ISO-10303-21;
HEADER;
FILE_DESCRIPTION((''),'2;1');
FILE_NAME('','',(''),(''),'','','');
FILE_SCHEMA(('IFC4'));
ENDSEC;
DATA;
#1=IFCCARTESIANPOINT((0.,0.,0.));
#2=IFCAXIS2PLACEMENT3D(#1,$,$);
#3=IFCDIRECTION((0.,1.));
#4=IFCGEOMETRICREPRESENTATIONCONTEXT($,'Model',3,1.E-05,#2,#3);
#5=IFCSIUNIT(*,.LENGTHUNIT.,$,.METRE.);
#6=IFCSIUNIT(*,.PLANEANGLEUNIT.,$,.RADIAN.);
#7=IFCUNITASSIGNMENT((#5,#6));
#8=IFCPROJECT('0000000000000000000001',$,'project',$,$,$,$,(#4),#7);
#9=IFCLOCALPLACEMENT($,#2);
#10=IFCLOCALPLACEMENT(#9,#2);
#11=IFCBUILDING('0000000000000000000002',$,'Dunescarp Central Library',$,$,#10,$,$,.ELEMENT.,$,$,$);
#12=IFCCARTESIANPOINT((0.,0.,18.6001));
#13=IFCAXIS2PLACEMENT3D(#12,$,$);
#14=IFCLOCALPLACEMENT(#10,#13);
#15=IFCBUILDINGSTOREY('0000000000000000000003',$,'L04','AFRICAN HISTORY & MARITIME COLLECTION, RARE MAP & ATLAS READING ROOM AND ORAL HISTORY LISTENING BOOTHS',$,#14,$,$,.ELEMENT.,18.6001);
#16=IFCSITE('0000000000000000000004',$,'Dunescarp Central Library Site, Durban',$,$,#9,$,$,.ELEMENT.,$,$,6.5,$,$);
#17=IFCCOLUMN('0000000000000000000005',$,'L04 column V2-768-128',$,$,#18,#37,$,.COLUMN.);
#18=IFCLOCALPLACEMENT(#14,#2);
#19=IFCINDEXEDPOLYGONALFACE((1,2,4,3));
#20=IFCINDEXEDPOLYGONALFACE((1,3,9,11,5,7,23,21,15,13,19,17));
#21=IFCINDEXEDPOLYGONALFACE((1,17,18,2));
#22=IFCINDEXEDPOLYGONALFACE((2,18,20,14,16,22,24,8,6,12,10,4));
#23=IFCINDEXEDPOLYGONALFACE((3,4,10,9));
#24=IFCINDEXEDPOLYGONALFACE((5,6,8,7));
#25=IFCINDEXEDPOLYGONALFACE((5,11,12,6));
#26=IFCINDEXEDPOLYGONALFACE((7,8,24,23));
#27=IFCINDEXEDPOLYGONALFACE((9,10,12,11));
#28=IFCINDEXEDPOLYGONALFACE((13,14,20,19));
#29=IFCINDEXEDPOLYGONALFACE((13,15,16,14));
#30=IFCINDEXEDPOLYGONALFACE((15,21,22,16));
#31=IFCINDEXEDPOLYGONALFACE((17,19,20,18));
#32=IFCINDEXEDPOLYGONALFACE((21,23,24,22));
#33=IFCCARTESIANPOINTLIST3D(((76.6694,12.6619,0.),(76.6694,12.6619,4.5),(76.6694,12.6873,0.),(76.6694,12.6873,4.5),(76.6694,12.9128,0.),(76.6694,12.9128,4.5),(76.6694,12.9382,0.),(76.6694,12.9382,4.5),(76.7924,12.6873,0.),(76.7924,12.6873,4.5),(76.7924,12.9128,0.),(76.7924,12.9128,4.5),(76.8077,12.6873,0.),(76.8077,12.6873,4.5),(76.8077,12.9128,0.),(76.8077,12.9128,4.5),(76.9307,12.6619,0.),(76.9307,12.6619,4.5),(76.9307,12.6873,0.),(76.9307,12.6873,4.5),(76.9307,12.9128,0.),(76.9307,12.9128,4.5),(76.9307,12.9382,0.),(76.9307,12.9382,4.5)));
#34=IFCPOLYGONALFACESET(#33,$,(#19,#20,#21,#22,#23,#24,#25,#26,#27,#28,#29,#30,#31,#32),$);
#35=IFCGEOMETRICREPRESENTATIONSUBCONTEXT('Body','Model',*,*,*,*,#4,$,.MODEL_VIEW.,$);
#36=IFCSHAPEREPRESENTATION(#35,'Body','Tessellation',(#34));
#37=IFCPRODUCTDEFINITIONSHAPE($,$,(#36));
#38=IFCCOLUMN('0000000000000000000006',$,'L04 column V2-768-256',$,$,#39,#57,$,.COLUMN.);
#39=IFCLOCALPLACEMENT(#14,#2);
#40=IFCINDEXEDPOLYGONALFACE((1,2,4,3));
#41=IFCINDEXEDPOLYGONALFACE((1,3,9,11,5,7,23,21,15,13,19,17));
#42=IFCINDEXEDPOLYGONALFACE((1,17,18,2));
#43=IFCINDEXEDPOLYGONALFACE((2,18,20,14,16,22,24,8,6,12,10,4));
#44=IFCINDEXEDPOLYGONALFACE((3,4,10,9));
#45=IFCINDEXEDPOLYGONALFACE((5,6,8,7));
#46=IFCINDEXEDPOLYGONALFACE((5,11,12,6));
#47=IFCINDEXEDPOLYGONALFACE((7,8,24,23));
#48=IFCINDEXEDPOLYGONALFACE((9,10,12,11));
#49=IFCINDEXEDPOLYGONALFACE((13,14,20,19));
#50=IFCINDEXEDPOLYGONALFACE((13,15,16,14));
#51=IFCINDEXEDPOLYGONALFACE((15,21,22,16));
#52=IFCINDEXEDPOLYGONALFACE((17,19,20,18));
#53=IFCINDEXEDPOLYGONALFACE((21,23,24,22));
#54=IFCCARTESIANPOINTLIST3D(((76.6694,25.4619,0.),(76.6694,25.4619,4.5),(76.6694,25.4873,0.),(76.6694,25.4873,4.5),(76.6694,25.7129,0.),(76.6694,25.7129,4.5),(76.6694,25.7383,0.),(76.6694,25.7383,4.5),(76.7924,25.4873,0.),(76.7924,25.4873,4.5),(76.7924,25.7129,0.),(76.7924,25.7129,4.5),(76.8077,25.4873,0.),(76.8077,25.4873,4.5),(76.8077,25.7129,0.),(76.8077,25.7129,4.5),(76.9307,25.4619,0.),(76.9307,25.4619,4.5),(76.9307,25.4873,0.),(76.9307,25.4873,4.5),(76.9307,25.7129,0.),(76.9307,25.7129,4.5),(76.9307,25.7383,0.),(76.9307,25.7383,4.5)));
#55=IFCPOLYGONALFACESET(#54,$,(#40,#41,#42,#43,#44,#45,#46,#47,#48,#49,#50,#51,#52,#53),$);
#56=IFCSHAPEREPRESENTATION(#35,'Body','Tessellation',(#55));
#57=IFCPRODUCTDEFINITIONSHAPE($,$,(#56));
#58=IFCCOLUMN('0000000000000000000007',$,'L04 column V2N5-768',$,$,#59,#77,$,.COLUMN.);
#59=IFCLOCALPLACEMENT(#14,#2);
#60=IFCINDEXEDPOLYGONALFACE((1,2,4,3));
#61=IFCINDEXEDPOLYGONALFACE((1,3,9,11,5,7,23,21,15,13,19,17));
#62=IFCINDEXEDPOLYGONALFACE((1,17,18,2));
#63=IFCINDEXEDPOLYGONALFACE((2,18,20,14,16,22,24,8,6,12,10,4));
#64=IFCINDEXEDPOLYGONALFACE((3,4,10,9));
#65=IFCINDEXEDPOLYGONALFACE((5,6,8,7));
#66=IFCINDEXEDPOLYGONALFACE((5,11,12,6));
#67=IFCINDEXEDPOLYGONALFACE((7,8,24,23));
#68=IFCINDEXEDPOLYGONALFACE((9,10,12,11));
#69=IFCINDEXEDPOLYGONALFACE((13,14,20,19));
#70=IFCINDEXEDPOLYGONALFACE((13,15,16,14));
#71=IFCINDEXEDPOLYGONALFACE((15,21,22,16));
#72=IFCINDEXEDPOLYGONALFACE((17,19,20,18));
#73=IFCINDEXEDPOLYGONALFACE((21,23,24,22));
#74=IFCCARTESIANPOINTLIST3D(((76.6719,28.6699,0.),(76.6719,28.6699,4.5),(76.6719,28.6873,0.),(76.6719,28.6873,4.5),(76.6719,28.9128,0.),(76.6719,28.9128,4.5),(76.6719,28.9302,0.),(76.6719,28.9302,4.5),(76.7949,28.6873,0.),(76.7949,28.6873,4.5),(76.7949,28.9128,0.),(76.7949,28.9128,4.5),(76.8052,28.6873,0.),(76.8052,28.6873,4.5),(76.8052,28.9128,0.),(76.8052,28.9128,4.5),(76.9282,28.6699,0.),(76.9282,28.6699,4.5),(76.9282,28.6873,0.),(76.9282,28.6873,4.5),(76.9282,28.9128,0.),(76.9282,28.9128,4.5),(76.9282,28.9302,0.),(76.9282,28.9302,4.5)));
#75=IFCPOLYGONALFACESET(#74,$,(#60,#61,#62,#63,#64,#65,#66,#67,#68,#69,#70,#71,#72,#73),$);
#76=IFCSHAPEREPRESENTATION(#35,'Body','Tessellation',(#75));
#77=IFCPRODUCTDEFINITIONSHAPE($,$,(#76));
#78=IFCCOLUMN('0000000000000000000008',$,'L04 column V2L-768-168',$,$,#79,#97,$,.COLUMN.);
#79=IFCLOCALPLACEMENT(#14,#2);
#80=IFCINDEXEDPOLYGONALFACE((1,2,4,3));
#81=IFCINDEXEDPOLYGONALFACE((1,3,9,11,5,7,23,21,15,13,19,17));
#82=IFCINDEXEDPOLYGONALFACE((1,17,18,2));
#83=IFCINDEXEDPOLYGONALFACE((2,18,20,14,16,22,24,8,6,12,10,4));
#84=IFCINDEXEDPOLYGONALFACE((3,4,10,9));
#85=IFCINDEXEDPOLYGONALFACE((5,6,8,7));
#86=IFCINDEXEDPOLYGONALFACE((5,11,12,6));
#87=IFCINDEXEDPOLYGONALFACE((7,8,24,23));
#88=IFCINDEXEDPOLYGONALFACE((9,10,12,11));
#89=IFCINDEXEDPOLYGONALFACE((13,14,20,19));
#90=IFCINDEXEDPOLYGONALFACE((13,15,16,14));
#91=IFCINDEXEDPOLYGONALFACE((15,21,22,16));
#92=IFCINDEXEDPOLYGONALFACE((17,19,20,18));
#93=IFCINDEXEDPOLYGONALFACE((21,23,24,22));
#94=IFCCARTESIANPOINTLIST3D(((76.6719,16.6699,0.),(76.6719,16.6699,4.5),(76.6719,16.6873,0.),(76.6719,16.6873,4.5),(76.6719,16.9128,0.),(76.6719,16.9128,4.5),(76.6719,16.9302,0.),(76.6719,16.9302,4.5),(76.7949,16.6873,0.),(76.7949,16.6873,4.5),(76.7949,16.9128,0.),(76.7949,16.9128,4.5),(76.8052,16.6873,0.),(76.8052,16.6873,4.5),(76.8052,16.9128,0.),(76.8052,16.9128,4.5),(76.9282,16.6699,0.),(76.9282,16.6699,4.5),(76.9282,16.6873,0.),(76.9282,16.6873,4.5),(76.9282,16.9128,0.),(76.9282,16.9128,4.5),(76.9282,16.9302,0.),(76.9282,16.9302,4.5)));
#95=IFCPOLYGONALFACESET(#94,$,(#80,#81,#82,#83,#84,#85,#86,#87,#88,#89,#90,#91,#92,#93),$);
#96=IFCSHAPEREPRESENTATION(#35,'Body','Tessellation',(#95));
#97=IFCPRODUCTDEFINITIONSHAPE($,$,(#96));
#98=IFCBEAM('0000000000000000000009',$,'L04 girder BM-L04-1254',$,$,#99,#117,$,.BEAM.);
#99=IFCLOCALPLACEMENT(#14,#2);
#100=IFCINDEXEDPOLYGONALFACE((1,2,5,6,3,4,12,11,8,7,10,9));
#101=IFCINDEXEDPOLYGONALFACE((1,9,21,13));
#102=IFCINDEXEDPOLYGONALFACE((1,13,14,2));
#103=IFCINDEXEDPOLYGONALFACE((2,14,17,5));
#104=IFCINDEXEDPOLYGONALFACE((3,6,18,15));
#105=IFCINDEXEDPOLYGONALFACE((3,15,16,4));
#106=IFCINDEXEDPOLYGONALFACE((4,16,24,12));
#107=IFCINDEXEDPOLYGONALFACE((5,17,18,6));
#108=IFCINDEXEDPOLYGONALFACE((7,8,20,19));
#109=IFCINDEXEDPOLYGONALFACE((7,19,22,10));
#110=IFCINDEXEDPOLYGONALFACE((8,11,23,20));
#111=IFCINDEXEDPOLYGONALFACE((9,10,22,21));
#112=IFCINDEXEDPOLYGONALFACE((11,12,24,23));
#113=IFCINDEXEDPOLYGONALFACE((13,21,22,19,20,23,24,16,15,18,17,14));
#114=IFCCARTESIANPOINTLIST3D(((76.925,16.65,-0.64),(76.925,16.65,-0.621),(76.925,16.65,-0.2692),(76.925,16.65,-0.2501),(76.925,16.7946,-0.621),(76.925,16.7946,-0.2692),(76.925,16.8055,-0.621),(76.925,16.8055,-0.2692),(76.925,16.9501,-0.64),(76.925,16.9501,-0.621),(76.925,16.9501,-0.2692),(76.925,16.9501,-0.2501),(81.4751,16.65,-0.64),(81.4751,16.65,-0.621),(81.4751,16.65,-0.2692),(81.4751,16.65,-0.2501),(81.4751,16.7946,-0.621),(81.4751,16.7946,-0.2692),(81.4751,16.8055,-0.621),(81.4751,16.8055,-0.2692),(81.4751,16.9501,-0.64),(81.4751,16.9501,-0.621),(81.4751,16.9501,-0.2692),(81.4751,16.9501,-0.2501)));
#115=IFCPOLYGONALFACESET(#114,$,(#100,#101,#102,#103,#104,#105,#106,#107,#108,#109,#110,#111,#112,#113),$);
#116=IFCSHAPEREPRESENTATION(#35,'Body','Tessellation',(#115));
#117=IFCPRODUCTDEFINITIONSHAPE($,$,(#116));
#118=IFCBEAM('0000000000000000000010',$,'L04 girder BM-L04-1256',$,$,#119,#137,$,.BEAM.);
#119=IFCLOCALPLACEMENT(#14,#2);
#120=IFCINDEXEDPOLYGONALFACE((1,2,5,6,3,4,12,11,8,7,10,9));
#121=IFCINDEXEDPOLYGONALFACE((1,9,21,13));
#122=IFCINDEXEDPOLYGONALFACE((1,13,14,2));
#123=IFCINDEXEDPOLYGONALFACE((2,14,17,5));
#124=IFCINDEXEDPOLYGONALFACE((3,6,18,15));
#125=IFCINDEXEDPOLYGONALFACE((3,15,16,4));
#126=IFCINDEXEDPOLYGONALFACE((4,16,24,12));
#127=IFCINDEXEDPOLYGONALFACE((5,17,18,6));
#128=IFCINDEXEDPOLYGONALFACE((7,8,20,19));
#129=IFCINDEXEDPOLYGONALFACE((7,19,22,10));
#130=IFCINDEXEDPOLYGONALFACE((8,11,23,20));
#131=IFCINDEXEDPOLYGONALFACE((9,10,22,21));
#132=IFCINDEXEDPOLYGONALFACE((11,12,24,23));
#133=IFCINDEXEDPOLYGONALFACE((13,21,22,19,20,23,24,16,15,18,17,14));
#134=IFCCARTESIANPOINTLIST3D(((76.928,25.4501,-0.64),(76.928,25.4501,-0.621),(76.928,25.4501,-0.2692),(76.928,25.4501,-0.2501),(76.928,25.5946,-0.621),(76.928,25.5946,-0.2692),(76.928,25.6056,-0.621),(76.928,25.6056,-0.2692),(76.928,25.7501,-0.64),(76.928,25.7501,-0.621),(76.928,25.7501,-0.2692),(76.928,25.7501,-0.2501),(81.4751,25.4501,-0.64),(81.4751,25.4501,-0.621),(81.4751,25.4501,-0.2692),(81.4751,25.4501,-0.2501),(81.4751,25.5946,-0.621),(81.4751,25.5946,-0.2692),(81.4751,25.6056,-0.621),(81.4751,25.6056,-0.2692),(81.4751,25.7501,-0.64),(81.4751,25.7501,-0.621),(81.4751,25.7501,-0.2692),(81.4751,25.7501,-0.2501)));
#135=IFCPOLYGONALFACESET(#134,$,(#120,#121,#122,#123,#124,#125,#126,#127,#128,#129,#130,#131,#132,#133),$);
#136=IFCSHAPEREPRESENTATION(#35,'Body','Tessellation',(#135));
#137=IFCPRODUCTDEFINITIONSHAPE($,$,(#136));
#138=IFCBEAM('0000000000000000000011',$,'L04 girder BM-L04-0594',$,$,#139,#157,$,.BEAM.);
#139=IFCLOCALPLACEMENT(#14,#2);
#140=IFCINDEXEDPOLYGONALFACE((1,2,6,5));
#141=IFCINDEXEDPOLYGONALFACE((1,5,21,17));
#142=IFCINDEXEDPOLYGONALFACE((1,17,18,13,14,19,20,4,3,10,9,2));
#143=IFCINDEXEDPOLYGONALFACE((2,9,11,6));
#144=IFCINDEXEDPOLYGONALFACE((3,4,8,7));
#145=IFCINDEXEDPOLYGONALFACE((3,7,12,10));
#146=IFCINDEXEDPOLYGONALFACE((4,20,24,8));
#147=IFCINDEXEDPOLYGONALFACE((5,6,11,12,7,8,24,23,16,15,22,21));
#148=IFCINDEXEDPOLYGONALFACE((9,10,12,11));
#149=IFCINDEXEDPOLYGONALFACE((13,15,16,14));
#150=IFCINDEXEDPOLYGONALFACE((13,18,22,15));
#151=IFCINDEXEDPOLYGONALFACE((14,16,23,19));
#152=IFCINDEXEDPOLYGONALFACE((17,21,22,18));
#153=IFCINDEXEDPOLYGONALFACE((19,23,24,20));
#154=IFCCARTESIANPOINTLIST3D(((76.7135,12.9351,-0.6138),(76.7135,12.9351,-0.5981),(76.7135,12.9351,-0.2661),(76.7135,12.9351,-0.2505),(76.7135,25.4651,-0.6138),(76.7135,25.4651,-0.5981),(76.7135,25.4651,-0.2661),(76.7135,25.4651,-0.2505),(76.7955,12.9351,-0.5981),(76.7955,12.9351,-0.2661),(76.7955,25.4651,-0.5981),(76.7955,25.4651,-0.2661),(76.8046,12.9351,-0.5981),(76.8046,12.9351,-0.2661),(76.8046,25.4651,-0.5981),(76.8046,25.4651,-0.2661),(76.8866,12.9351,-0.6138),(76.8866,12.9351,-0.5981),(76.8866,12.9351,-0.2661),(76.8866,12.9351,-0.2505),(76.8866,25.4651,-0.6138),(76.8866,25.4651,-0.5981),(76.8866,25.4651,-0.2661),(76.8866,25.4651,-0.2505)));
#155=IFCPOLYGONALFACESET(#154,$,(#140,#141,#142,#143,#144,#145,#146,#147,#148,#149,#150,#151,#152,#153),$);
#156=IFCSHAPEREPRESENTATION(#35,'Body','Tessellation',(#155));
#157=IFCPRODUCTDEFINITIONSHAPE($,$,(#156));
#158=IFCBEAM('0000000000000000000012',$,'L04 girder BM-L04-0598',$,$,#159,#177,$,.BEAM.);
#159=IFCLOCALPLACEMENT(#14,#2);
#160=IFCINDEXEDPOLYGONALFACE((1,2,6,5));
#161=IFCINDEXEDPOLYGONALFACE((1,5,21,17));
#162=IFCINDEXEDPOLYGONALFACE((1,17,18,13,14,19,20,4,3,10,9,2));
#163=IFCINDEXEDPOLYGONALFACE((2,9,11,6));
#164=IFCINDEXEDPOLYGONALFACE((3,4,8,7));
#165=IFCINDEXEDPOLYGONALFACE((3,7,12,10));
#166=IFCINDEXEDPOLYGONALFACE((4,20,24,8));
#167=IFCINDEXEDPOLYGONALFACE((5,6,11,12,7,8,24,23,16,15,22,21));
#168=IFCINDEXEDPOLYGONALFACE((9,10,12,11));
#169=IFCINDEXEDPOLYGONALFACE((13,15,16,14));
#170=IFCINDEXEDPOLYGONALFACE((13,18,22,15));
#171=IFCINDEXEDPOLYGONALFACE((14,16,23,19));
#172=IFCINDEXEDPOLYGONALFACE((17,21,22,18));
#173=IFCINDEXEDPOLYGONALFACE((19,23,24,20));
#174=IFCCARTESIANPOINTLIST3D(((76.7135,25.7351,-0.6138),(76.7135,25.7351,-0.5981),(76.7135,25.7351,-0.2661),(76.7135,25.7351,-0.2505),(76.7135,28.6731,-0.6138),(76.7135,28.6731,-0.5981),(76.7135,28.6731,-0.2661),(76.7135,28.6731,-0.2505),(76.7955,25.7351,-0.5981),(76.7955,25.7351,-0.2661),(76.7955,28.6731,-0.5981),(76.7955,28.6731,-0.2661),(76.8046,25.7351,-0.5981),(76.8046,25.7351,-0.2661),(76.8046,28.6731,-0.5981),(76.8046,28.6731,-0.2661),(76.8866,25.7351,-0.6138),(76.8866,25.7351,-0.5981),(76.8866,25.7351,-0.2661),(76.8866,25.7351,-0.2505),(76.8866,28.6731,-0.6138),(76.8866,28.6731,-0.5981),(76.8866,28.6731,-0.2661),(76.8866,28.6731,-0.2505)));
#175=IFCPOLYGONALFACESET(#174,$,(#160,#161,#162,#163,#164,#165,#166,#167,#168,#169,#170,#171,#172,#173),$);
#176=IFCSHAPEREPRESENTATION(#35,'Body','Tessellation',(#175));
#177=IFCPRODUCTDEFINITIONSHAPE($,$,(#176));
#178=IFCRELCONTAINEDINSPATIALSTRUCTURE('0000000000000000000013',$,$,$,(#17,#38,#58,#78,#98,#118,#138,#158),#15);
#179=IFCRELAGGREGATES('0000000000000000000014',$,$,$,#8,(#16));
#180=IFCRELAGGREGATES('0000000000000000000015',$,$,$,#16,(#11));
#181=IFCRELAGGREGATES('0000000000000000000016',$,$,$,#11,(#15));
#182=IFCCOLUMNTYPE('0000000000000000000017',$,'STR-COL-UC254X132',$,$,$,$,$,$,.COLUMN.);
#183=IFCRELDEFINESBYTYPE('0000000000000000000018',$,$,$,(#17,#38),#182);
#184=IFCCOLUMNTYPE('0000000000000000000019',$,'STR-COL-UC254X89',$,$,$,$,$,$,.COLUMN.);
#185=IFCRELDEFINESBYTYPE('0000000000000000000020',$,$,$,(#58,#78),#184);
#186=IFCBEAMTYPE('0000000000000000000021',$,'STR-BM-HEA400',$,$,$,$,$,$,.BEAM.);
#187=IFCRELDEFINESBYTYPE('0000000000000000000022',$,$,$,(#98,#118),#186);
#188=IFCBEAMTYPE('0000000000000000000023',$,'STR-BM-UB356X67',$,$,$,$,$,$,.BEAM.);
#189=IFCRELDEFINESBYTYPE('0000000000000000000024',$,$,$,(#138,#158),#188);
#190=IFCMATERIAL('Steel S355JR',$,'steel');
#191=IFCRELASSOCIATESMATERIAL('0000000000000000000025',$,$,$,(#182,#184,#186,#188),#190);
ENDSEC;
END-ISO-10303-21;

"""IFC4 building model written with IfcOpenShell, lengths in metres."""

from ifc_helpers import new_model, si_unit, direction, frame, origin, origin_2d, place, context, subcontext, project, spatial, i_section, extrude, material, material_profile, profile_set, type_object, element, save


model = new_model("IFC4")

# Units and contexts
model_context = context("Model", 3, precision=1e-05, world=origin(), true_north=direction((0.0, 1.0)))
body_context = subcontext(model_context, "Body", "Model", "MODEL_VIEW")
ifc_project = project(units=[si_unit("LENGTHUNIT", "METRE"), si_unit("PLANEANGLEUNIT", "RADIAN")], contexts=[model_context])

# Site, building, storey
site_placement = place(None, origin())
site = spatial("IfcSite", under=ifc_project, at=site_placement, Name="Dunescarp Central Library Site, Durban", CompositionType="ELEMENT", RefElevation=6.5)
building_placement = place(site_placement, origin())
building = spatial("IfcBuilding", under=site, at=building_placement, Name="Dunescarp Central Library", CompositionType="ELEMENT")
storey_placement = place(building_placement, frame((0.0, 0.0, 18.6001)))
storey = spatial("IfcBuildingStorey", under=building, at=storey_placement, Name="L04", Description="AFRICAN HISTORY & MARITIME COLLECTION, RARE MAP & ATLAS READING ROOM AND ORAL HISTORY LISTENING BOOTHS", CompositionType="ELEMENT", Elevation=18.6001)

# Columns
ifc_material_1 = material(Name="Steel S355JR", Category="steel")
ifc_material_profile_1 = material_profile(ifc_material_1, i_section(OverallWidth=0.2612, OverallDepth=0.2764, WebThickness=0.0154, FlangeThickness=0.0254, at=origin_2d()), Name="UC 254x254x132")
ifc_profile_set_1 = profile_set([ifc_material_profile_1], Name="Steel S355JR")
column_type_1 = type_object("IfcColumnType", Name="STR-COL-UC254X132", PredefinedType="COLUMN", material=ifc_profile_set_1)
for number, where, z_axis, x_axis, name in (
    (1, (76.8, 12.8, 0.0), (0.0, 0.0, 1.0), (1.0, 0.0, 0.0), "L04 column V2-768-128"),
    (2, (76.8, 25.6001, 0.0), (0.0, 0.0, 1.0), (1.0, 0.0, 0.0), "L04 column V2-768-256"),
):
    element("IfcColumn", number, at=place(storey_placement, frame(where, z_axis=z_axis, x_axis=x_axis)), inside=storey, type_object=column_type_1, Name=name, PredefinedType="COLUMN", context=body_context, shape_type="SweptSolid", body=[
        extrude(i_section(OverallWidth=0.2612, OverallDepth=0.2764, WebThickness=0.0154, FlangeThickness=0.0254, at=origin_2d()), origin(), (0.0, 0.0, 1.0), 4.5),
    ])
ifc_material_profile_2 = material_profile(ifc_material_1, i_section(OverallWidth=0.2563, OverallDepth=0.2603, WebThickness=0.0103, FlangeThickness=0.0173, at=origin_2d()), Name="UC 254x254x89")
ifc_profile_set_2 = profile_set([ifc_material_profile_2], Name="Steel S355JR")
column_type_2 = type_object("IfcColumnType", Name="STR-COL-UC254X89", PredefinedType="COLUMN", material=ifc_profile_set_2)
for number, where, z_axis, x_axis, name in (
    (3, (76.8, 28.8, 0.0), (0.0, 0.0, 1.0), (1.0, 0.0, 0.0), "L04 column V2N5-768"),
    (4, (76.8, 16.8, 0.0), (0.0, 0.0, 1.0), (1.0, 0.0, 0.0), "L04 column V2L-768-168"),
):
    element("IfcColumn", number, at=place(storey_placement, frame(where, z_axis=z_axis, x_axis=x_axis)), inside=storey, type_object=column_type_2, Name=name, PredefinedType="COLUMN", context=body_context, shape_type="SweptSolid", body=[
        extrude(i_section(OverallWidth=0.2563, OverallDepth=0.2603, WebThickness=0.0103, FlangeThickness=0.0173, at=origin_2d()), origin(), (0.0, 0.0, 1.0), 4.5),
    ])

# Beams
ifc_material_profile_3 = material_profile(ifc_material_1, i_section(OverallWidth=0.3, OverallDepth=0.3899, WebThickness=0.011, FlangeThickness=0.019, at=origin_2d()), Name="HEA 400")
ifc_profile_set_3 = profile_set([ifc_material_profile_3], Name="Steel S355JR")
beam_type_1 = type_object("IfcBeamType", Name="STR-BM-HEA400", PredefinedType="BEAM", material=ifc_profile_set_3)
beam_1_placement = place(storey_placement, frame((76.925, 16.8, -0.4451), z_axis=(1.0, 0.0, 0.0), x_axis=(0.0, 1.0, 0.0)))
element("IfcBeam", 5, at=beam_1_placement, inside=storey, type_object=beam_type_1, Name="L04 girder BM-L04-1254", PredefinedType="BEAM", context=body_context, shape_type="SweptSolid", body=[
    extrude(i_section(OverallWidth=0.3, OverallDepth=0.3899, WebThickness=0.011, FlangeThickness=0.019, at=origin_2d()), origin(), (0.0, 0.0, 1.0), 4.55),
])
beam_2_placement = place(storey_placement, frame((76.928, 25.6001, -0.4451), z_axis=(1.0, 0.0, 0.0), x_axis=(0.0, 1.0, 0.0)))
element("IfcBeam", 6, at=beam_2_placement, inside=storey, type_object=beam_type_1, Name="L04 girder BM-L04-1256", PredefinedType="BEAM", context=body_context, shape_type="SweptSolid", body=[
    extrude(i_section(OverallWidth=0.3, OverallDepth=0.3899, WebThickness=0.011, FlangeThickness=0.019, at=origin_2d()), origin(), (0.0, 0.0, 1.0), 4.5471),
])
ifc_material_profile_4 = material_profile(ifc_material_1, i_section(OverallWidth=0.1731, OverallDepth=0.3633, WebThickness=0.009, FlangeThickness=0.0156, at=origin_2d()), Name="UB 356x171x67")
ifc_profile_set_4 = profile_set([ifc_material_profile_4], Name="Steel S355JR")
beam_type_2 = type_object("IfcBeamType", Name="STR-BM-UB356X67", PredefinedType="BEAM", material=ifc_profile_set_4)
beam_3_placement = place(storey_placement, frame((76.8, 12.9351, -0.4321), z_axis=(0.0, 1.0, 0.0), x_axis=(-1.0, 0.0, 0.0)))
element("IfcBeam", 7, at=beam_3_placement, inside=storey, type_object=beam_type_2, Name="L04 girder BM-L04-0594", PredefinedType="BEAM", context=body_context, shape_type="SweptSolid", body=[
    extrude(i_section(OverallWidth=0.1731, OverallDepth=0.3633, WebThickness=0.009, FlangeThickness=0.0156, at=origin_2d()), origin(), (0.0, 0.0, 1.0), 12.53),
])
beam_4_placement = place(storey_placement, frame((76.8, 25.7351, -0.4321), z_axis=(0.0, 1.0, 0.0), x_axis=(-1.0, 0.0, 0.0)))
element("IfcBeam", 8, at=beam_4_placement, inside=storey, type_object=beam_type_2, Name="L04 girder BM-L04-0598", PredefinedType="BEAM", context=body_context, shape_type="SweptSolid", body=[
    extrude(i_section(OverallWidth=0.1731, OverallDepth=0.3633, WebThickness=0.009, FlangeThickness=0.0156, at=origin_2d()), origin(), (0.0, 0.0, 1.0), 2.938),
])

save(model, "model.ifc")
